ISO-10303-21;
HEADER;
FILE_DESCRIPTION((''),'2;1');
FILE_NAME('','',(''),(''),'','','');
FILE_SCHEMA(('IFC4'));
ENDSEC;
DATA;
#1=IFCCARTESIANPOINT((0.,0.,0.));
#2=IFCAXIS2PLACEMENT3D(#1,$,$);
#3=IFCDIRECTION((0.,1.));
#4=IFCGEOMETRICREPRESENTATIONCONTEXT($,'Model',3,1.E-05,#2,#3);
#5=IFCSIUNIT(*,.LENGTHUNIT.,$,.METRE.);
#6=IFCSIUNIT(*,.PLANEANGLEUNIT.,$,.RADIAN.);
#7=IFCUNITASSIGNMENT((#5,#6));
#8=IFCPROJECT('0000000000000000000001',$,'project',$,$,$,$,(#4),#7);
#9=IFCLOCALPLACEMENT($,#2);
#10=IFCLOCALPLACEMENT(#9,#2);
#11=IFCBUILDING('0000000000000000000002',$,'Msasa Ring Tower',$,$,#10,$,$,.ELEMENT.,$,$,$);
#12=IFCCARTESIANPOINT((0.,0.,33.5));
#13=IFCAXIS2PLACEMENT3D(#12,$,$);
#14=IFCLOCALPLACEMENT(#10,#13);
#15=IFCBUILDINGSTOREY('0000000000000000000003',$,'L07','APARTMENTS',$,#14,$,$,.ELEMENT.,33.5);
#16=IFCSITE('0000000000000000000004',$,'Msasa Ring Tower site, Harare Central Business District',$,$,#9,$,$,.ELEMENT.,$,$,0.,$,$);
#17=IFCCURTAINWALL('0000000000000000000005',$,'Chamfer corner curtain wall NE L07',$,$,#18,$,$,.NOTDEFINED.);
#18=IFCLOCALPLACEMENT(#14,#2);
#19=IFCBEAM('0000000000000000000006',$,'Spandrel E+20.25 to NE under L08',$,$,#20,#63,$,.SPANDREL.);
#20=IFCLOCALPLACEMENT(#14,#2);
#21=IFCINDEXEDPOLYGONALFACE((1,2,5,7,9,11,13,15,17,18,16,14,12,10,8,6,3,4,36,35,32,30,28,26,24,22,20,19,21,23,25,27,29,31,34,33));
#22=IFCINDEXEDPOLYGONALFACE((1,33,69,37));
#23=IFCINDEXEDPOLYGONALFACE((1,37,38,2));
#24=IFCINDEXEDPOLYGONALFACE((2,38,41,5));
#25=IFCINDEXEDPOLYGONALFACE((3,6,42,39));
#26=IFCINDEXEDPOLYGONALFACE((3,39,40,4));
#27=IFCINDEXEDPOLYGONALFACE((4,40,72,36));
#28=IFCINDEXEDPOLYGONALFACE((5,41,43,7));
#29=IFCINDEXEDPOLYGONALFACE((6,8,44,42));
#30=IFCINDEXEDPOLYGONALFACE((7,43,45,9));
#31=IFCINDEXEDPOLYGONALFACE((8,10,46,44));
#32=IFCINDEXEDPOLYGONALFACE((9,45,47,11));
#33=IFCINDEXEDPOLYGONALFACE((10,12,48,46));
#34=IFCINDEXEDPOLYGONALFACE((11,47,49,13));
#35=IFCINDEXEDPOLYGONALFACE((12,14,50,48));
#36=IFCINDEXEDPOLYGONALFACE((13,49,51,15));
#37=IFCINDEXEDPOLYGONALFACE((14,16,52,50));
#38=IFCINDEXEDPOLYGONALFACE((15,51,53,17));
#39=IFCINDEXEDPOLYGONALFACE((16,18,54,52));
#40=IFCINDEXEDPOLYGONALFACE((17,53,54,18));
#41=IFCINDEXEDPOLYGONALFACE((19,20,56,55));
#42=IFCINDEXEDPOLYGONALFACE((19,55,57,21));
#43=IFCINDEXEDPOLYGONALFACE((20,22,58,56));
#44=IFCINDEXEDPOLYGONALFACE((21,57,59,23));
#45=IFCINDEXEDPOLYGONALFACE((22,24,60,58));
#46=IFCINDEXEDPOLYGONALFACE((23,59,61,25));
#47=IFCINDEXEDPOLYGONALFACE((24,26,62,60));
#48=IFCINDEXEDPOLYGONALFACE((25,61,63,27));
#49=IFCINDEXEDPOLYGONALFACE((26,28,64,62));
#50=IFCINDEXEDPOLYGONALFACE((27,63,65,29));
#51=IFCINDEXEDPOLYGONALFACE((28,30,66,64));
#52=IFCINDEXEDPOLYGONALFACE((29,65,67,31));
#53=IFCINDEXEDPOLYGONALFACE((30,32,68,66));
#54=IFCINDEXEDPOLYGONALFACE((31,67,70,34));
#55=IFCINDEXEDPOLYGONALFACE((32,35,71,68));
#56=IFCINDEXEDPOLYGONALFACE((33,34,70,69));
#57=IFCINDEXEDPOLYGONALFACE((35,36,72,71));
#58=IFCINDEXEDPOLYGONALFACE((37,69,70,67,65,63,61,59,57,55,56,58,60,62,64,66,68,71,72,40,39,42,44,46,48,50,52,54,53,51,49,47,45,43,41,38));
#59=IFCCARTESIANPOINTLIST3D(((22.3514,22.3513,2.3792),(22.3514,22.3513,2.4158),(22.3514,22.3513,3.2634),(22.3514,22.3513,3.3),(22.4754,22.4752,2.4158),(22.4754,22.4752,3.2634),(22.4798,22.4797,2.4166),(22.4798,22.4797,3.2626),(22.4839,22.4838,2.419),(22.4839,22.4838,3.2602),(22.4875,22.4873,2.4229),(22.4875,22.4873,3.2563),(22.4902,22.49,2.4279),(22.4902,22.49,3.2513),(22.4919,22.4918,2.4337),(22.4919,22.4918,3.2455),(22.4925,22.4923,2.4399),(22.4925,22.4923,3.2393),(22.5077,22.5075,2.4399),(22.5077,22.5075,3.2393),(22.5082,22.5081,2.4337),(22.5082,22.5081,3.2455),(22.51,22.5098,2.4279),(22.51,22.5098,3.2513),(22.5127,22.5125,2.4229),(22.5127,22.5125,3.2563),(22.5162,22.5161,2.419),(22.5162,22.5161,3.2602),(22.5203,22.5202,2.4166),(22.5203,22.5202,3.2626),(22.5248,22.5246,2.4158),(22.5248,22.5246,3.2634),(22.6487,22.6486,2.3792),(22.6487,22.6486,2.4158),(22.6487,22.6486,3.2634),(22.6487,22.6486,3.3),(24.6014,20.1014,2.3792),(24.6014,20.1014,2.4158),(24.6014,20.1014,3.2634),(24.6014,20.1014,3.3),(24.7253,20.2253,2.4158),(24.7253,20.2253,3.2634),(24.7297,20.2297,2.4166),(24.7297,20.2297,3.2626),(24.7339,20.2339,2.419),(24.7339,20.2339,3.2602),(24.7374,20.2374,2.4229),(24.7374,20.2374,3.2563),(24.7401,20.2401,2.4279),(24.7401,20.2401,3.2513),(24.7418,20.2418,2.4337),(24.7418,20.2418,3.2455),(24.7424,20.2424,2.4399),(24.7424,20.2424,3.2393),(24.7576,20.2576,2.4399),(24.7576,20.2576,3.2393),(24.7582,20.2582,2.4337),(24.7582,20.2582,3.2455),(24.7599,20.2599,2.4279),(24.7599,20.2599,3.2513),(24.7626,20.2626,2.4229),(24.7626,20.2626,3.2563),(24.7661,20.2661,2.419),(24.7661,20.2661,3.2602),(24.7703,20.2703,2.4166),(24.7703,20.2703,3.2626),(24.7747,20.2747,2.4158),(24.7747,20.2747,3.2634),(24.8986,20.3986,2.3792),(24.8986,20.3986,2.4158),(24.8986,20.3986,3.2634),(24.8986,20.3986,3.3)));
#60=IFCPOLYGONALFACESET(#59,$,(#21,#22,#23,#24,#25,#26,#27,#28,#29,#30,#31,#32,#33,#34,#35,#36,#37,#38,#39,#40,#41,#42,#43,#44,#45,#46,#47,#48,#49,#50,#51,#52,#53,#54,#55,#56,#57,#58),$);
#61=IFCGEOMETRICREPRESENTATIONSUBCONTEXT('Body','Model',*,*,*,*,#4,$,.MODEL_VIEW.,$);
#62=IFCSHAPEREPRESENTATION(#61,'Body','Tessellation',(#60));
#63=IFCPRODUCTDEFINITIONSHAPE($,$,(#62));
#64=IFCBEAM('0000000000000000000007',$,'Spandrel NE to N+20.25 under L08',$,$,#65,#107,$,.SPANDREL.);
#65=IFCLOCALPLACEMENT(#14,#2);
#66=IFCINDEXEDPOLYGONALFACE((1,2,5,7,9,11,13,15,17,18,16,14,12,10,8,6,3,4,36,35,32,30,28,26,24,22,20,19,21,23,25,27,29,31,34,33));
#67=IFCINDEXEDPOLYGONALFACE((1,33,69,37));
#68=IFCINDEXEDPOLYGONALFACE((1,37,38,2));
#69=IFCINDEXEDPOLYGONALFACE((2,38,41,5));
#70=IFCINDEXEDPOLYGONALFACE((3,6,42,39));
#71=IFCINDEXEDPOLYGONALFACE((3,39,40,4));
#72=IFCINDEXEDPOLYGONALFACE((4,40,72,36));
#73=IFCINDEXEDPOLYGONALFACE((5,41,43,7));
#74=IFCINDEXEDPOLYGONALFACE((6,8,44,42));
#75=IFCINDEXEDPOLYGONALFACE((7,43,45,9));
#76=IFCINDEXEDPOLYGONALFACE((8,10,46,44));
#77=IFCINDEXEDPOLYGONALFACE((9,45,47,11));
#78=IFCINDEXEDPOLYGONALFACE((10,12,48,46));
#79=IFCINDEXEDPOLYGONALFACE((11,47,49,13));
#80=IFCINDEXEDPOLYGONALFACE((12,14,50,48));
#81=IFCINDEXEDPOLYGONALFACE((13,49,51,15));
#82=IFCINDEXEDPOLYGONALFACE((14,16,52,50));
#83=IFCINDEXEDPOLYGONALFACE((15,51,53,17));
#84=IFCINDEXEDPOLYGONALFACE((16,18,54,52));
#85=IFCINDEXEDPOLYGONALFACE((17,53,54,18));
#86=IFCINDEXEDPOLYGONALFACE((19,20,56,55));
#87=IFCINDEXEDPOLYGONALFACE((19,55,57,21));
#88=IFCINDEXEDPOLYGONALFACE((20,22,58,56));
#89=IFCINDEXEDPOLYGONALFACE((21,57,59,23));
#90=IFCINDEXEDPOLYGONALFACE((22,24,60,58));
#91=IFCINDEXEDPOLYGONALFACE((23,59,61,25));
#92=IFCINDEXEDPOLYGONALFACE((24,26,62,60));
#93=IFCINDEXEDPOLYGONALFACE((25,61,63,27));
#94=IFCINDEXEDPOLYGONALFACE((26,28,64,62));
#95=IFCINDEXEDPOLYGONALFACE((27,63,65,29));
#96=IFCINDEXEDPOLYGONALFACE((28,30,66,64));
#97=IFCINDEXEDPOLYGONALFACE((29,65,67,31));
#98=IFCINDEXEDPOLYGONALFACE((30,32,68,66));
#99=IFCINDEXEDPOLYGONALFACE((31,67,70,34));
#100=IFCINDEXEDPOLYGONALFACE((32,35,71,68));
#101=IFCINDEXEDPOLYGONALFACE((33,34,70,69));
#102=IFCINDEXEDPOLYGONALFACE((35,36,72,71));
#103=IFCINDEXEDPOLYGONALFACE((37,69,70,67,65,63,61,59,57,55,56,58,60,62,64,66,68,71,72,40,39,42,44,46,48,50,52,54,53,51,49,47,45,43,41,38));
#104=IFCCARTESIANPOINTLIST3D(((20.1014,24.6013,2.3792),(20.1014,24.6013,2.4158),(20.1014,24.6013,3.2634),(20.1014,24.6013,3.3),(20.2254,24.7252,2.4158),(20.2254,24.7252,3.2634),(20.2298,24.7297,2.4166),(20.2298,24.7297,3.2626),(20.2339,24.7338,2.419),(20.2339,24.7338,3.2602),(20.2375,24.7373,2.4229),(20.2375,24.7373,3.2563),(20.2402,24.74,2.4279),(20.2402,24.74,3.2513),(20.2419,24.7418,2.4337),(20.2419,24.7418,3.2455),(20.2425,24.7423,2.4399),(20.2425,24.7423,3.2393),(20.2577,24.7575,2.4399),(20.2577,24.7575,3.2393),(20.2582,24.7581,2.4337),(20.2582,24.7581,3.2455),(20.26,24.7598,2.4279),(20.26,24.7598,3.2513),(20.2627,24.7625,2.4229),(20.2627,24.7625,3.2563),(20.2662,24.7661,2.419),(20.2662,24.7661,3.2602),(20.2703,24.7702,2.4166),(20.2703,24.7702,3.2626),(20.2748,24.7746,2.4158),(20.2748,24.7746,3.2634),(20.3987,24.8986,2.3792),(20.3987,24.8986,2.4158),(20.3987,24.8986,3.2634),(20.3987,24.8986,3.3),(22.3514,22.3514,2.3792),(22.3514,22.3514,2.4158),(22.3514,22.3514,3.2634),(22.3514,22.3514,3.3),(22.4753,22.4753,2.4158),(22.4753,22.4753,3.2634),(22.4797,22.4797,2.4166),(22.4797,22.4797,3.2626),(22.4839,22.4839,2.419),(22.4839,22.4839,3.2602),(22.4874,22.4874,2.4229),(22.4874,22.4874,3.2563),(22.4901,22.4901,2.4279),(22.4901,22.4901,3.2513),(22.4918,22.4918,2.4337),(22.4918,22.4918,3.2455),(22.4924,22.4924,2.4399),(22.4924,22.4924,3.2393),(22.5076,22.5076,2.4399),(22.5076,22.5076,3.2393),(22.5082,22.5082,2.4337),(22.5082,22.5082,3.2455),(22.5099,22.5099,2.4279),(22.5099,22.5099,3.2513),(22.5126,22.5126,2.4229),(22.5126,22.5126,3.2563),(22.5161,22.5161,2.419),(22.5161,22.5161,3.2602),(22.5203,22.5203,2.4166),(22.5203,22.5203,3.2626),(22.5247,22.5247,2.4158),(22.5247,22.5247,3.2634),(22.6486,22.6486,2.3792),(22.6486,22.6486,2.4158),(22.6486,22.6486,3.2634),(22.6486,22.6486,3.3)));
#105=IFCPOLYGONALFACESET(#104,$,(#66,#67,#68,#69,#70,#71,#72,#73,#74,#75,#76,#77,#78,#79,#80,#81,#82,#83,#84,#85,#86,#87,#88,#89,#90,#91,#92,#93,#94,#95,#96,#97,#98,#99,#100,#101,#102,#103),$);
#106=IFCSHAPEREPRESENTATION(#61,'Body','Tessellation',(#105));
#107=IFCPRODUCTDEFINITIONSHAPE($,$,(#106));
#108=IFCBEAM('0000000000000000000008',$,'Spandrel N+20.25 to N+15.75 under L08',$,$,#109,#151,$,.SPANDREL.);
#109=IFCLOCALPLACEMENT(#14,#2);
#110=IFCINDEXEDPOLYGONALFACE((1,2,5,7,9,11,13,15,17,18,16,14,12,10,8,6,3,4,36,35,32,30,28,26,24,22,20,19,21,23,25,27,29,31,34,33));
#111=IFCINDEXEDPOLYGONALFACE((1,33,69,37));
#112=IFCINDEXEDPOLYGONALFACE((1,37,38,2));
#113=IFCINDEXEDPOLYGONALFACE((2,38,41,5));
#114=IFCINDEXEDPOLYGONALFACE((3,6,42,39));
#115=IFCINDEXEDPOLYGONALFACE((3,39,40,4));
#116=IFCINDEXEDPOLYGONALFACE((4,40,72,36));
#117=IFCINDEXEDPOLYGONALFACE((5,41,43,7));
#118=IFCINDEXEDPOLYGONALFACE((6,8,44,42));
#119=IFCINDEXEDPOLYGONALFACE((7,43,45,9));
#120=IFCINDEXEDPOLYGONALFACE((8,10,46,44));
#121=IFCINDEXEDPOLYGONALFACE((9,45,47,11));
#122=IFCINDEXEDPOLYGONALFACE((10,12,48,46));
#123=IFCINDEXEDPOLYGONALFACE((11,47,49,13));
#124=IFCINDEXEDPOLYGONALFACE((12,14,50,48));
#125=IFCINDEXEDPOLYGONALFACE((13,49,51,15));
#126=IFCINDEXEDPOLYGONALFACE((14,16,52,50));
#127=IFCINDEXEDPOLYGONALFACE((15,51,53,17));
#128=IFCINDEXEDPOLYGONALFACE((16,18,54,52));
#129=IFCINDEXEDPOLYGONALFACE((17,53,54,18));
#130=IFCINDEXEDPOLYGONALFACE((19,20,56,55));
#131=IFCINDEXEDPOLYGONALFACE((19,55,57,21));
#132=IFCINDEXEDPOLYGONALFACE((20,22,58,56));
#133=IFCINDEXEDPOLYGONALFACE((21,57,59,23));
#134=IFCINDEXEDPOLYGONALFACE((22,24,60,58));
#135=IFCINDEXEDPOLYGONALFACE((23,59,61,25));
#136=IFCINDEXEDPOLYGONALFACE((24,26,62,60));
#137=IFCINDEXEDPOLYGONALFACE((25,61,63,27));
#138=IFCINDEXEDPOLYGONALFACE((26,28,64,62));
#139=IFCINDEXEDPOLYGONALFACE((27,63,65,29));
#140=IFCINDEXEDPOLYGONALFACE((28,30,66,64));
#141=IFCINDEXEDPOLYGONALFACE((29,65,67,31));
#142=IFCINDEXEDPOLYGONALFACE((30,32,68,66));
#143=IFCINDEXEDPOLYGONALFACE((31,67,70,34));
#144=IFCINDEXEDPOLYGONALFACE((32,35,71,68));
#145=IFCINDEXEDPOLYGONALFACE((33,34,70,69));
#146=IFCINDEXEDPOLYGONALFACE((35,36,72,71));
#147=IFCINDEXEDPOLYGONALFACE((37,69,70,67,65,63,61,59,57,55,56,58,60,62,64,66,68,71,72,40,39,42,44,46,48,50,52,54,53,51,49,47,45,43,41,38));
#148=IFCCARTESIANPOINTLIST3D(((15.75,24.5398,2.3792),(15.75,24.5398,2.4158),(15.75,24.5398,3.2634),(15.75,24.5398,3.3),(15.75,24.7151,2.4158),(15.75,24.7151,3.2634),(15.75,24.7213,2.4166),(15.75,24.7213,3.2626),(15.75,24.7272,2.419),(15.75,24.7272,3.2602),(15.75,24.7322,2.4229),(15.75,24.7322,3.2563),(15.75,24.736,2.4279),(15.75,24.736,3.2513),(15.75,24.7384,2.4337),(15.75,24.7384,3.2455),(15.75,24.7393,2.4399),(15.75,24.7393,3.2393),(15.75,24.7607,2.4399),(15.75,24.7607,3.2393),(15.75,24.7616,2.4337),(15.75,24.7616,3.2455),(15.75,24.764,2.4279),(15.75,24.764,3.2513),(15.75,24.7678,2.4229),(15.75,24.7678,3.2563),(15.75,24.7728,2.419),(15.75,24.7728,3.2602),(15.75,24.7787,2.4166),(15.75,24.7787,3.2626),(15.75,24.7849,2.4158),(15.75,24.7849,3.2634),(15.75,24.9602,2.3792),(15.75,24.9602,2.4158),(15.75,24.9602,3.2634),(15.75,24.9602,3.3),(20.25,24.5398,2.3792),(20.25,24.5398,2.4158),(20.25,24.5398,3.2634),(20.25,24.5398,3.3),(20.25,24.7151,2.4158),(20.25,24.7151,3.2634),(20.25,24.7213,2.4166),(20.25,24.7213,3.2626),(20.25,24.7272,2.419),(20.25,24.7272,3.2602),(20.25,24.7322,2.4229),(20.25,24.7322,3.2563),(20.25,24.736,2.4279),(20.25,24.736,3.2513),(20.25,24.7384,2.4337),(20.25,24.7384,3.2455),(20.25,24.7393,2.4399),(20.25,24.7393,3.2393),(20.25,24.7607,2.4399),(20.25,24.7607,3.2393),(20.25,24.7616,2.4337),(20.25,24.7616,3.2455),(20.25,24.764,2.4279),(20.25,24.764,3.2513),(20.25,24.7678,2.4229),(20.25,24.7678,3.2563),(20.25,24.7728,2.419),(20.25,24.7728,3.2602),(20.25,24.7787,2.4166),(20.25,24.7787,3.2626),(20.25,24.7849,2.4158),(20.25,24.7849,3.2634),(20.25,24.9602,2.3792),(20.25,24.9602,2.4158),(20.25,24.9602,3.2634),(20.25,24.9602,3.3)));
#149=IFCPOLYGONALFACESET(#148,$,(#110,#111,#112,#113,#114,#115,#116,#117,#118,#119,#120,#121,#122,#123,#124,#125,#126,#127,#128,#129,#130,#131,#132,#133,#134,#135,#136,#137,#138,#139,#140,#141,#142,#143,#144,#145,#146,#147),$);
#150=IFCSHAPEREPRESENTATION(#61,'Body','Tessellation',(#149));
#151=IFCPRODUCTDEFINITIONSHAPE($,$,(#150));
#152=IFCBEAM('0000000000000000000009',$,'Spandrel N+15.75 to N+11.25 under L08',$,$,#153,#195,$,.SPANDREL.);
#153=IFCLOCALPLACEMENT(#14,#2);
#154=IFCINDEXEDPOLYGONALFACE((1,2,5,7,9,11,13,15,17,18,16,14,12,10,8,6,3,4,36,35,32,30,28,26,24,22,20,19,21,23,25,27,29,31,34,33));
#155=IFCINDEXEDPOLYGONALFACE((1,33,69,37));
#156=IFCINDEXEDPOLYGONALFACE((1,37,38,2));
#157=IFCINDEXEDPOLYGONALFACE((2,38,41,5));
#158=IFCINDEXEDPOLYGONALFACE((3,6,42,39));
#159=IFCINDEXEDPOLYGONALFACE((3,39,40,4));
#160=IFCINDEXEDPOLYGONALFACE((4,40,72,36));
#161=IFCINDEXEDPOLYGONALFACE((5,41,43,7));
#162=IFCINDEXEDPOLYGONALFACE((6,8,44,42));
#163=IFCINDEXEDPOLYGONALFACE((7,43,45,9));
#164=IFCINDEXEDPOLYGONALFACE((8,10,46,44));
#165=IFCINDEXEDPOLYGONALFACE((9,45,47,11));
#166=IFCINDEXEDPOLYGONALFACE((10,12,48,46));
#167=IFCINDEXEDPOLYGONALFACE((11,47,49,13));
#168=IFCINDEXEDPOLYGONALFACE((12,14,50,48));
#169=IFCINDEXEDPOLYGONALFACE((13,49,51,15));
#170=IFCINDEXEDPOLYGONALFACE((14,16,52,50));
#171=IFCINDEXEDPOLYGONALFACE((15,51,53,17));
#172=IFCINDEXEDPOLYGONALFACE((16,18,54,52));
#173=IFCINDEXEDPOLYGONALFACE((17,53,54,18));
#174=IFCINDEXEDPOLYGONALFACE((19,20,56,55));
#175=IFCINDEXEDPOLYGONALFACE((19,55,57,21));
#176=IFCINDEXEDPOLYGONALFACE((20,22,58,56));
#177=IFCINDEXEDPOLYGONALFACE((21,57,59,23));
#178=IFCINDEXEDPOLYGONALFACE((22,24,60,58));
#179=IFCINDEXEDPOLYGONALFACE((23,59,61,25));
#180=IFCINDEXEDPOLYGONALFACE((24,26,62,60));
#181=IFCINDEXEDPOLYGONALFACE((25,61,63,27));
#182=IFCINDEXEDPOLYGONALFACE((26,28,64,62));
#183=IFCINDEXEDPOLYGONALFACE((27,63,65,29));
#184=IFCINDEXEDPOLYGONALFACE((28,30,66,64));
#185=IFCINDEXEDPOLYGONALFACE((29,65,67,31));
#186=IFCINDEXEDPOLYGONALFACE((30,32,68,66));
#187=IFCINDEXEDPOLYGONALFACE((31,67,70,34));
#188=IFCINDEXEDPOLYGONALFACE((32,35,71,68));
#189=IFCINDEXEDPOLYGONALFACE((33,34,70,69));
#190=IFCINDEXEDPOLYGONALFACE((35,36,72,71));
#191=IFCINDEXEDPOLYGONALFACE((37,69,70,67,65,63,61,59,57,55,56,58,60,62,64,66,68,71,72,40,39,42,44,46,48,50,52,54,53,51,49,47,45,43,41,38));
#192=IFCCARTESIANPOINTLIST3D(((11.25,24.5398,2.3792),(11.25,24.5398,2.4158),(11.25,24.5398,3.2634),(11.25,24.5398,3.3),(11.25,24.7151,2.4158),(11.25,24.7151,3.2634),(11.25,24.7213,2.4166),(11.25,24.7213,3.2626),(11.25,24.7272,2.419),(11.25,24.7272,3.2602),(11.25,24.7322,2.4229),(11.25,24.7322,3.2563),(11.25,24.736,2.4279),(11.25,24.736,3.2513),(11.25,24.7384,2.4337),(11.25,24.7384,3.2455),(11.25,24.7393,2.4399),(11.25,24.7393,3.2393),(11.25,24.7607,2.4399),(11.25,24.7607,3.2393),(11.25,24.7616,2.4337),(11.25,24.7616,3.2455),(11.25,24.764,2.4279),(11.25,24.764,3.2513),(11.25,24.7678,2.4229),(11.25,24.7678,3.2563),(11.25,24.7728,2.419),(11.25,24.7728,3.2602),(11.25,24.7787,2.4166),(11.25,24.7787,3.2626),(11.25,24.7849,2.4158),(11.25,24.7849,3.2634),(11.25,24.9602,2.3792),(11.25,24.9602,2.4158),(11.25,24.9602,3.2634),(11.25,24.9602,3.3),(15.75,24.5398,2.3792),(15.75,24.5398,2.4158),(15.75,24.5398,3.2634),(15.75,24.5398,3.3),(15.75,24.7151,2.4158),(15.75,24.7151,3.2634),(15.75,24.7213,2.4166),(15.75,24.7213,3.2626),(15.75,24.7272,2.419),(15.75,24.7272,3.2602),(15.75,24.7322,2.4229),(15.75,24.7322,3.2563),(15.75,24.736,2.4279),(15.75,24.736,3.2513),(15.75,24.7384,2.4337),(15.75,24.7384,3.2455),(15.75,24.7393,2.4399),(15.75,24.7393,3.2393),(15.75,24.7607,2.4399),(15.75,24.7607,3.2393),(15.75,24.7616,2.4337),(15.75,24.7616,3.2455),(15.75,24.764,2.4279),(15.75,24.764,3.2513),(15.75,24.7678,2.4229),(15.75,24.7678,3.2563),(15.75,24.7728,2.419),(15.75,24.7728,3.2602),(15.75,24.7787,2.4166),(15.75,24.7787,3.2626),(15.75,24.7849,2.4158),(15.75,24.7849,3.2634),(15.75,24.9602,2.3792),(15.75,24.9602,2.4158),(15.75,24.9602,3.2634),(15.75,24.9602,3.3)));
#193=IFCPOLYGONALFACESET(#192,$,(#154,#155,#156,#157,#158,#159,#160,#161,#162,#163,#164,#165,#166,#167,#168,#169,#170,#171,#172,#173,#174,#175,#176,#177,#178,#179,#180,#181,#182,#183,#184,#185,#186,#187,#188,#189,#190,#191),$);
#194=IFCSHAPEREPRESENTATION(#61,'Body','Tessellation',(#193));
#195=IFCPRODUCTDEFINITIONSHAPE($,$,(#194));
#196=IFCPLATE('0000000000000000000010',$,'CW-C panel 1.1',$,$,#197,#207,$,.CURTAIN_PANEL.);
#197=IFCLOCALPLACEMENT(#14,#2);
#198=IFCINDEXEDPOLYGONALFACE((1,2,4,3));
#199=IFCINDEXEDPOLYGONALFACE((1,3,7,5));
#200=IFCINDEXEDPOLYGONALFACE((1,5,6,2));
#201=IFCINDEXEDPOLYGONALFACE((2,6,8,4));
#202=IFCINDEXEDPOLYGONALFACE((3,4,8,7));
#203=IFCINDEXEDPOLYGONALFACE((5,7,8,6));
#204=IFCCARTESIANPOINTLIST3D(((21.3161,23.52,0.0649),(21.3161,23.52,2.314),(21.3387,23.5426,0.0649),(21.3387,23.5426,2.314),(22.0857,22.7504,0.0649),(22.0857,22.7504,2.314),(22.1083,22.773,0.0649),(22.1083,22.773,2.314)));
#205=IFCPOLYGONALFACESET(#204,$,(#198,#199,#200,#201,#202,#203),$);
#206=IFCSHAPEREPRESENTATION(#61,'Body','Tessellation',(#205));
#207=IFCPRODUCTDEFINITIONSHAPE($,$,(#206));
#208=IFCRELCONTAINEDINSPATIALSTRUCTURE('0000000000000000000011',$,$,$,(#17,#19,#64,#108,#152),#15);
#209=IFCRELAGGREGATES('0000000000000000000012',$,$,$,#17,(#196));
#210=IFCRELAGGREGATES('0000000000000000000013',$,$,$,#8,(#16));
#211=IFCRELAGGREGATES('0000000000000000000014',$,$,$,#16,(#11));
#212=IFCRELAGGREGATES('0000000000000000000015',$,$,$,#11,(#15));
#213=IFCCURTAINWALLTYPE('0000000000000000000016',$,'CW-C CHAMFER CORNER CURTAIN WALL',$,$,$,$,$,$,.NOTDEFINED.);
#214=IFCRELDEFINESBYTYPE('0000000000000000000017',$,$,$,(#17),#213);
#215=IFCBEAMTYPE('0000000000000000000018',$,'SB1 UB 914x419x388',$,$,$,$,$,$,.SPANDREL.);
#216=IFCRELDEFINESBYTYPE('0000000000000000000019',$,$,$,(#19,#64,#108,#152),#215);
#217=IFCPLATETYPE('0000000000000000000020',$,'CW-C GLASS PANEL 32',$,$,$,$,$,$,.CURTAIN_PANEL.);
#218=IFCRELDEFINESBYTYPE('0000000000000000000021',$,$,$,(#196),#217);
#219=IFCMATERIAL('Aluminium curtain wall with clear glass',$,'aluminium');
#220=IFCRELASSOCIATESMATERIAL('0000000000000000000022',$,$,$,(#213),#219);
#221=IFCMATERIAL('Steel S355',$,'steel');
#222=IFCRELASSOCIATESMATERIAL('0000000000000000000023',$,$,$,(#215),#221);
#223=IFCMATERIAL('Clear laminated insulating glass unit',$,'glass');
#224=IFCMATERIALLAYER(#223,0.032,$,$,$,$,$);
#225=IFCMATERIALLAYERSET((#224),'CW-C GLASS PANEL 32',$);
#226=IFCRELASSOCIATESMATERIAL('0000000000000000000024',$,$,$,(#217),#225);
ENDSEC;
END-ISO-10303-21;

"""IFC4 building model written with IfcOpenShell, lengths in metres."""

from ifc_helpers import new_model, si_unit, direction, frame, origin, origin_2d, place, context, subcontext, project, spatial, rectangle, i_section, extrude, material, layer, layer_set, material_profile, profile_set, type_object, element, aggregate, save


model = new_model("IFC4")

# Units and contexts
model_context = context("Model", 3, precision=1e-05, world=origin(), true_north=direction((0.0, 1.0)))
body_context = subcontext(model_context, "Body", "Model", "MODEL_VIEW")
ifc_project = project(units=[si_unit("LENGTHUNIT", "METRE"), si_unit("PLANEANGLEUNIT", "RADIAN")], contexts=[model_context])

# Site, building, storey
site_placement = place(None, origin())
site = spatial("IfcSite", under=ifc_project, at=site_placement, Name="Msasa Ring Tower site, Harare Central Business District", CompositionType="ELEMENT", RefElevation=0.0)
building_placement = place(site_placement, origin())
building = spatial("IfcBuilding", under=site, at=building_placement, Name="Msasa Ring Tower", CompositionType="ELEMENT")
storey_placement = place(building_placement, frame((0.0, 0.0, 33.5)))
storey = spatial("IfcBuildingStorey", under=building, at=storey_placement, Name="L07", Description="APARTMENTS", CompositionType="ELEMENT", Elevation=33.5)

# Curtain wall
ifc_material_1 = material(Name="Aluminium curtain wall with clear glass", Category="aluminium")
curtain_wall_type = type_object("IfcCurtainWallType", Name="CW-C CHAMFER CORNER CURTAIN WALL", PredefinedType="NOTDEFINED", material=ifc_material_1)
curtain_wall_1_placement = place(storey_placement, origin())
curtain_wall_1 = element("IfcCurtainWall", 1, at=curtain_wall_1_placement, inside=storey, type_object=curtain_wall_type, Name="Chamfer corner curtain wall NE L07", PredefinedType="NOTDEFINED")

# Beams
ifc_material_2 = material(Name="Steel S355", Category="steel")
ifc_material_profile_1 = material_profile(ifc_material_2, i_section(OverallWidth=0.4204, OverallDepth=0.9209, WebThickness=0.0215, FlangeThickness=0.0366, FilletRadius=0.0242, at=origin_2d()), Name="UB 914x419x388")
ifc_profile_set_1 = profile_set([ifc_material_profile_1], Name="Steel S355")
beam_type_1 = type_object("IfcBeamType", Name="SB1 UB 914x419x388", PredefinedType="SPANDREL", material=ifc_profile_set_1)
for number, where, z_axis, x_axis, name in (
    (2, (24.75, 20.25, 2.8396), (-0.707107, 0.707107, 0.0), (-0.707107, -0.707107, 0.0), "Spandrel E+20.25 to NE under L08"),
    (3, (22.5, 22.5, 2.8396), (-0.707107, 0.707107, 0.0), (-0.707107, -0.707107, 0.0), "Spandrel NE to N+20.25 under L08"),
):
    element("IfcBeam", number, at=place(storey_placement, frame(where, z_axis=z_axis, x_axis=x_axis)), inside=storey, type_object=beam_type_1, Name=name, PredefinedType="SPANDREL", context=body_context, shape_type="SweptSolid", body=[
        extrude(i_section(OverallWidth=0.4204, OverallDepth=0.9209, WebThickness=0.0215, FlangeThickness=0.0366, FilletRadius=0.0242, at=origin_2d()), origin(), (0.0, 0.0, 1.0), 3.1819),
    ])
for number, where, z_axis, x_axis, name in (
    (4, (20.25, 24.75, 2.8396), (-1.0, 0.0, 0.0), (0.0, -1.0, 0.0), "Spandrel N+20.25 to N+15.75 under L08"),
    (5, (15.75, 24.75, 2.8396), (-1.0, 0.0, 0.0), (0.0, -1.0, 0.0), "Spandrel N+15.75 to N+11.25 under L08"),
):
    element("IfcBeam", number, at=place(storey_placement, frame(where, z_axis=z_axis, x_axis=x_axis)), inside=storey, type_object=beam_type_1, Name=name, PredefinedType="SPANDREL", context=body_context, shape_type="SweptSolid", body=[
        extrude(i_section(OverallWidth=0.4204, OverallDepth=0.9209, WebThickness=0.0215, FlangeThickness=0.0366, FilletRadius=0.0242, at=origin_2d()), origin(), (0.0, 0.0, 1.0), 4.5),
    ])

# Plate
ifc_material_3 = material(Name="Clear laminated insulating glass unit", Category="glass")
ifc_layer_1 = layer(ifc_material_3, 0.032)
ifc_layer_set_1 = layer_set([ifc_layer_1], Name="CW-C GLASS PANEL 32")
plate_type = type_object("IfcPlateType", Name="CW-C GLASS PANEL 32", PredefinedType="CURTAIN_PANEL", material=ifc_layer_set_1)
plate_1_placement = place(storey_placement, frame((21.7122, 23.1465, 0.0649), z_axis=(0.0, 0.0, 1.0), x_axis=(-0.707107, 0.707107, 0.0)))
plate_1 = element("IfcPlate", 6, at=plate_1_placement, type_object=plate_type, Name="CW-C panel 1.1", PredefinedType="CURTAIN_PANEL", context=body_context, shape_type="SweptSolid", body=[
    extrude(rectangle(XDim=1.0884, YDim=0.032, at=origin_2d()), origin(), (0.0, 0.0, 1.0), 2.249),
])
aggregate(curtain_wall_1, [plate_1])

save(model, "model.ifc")
